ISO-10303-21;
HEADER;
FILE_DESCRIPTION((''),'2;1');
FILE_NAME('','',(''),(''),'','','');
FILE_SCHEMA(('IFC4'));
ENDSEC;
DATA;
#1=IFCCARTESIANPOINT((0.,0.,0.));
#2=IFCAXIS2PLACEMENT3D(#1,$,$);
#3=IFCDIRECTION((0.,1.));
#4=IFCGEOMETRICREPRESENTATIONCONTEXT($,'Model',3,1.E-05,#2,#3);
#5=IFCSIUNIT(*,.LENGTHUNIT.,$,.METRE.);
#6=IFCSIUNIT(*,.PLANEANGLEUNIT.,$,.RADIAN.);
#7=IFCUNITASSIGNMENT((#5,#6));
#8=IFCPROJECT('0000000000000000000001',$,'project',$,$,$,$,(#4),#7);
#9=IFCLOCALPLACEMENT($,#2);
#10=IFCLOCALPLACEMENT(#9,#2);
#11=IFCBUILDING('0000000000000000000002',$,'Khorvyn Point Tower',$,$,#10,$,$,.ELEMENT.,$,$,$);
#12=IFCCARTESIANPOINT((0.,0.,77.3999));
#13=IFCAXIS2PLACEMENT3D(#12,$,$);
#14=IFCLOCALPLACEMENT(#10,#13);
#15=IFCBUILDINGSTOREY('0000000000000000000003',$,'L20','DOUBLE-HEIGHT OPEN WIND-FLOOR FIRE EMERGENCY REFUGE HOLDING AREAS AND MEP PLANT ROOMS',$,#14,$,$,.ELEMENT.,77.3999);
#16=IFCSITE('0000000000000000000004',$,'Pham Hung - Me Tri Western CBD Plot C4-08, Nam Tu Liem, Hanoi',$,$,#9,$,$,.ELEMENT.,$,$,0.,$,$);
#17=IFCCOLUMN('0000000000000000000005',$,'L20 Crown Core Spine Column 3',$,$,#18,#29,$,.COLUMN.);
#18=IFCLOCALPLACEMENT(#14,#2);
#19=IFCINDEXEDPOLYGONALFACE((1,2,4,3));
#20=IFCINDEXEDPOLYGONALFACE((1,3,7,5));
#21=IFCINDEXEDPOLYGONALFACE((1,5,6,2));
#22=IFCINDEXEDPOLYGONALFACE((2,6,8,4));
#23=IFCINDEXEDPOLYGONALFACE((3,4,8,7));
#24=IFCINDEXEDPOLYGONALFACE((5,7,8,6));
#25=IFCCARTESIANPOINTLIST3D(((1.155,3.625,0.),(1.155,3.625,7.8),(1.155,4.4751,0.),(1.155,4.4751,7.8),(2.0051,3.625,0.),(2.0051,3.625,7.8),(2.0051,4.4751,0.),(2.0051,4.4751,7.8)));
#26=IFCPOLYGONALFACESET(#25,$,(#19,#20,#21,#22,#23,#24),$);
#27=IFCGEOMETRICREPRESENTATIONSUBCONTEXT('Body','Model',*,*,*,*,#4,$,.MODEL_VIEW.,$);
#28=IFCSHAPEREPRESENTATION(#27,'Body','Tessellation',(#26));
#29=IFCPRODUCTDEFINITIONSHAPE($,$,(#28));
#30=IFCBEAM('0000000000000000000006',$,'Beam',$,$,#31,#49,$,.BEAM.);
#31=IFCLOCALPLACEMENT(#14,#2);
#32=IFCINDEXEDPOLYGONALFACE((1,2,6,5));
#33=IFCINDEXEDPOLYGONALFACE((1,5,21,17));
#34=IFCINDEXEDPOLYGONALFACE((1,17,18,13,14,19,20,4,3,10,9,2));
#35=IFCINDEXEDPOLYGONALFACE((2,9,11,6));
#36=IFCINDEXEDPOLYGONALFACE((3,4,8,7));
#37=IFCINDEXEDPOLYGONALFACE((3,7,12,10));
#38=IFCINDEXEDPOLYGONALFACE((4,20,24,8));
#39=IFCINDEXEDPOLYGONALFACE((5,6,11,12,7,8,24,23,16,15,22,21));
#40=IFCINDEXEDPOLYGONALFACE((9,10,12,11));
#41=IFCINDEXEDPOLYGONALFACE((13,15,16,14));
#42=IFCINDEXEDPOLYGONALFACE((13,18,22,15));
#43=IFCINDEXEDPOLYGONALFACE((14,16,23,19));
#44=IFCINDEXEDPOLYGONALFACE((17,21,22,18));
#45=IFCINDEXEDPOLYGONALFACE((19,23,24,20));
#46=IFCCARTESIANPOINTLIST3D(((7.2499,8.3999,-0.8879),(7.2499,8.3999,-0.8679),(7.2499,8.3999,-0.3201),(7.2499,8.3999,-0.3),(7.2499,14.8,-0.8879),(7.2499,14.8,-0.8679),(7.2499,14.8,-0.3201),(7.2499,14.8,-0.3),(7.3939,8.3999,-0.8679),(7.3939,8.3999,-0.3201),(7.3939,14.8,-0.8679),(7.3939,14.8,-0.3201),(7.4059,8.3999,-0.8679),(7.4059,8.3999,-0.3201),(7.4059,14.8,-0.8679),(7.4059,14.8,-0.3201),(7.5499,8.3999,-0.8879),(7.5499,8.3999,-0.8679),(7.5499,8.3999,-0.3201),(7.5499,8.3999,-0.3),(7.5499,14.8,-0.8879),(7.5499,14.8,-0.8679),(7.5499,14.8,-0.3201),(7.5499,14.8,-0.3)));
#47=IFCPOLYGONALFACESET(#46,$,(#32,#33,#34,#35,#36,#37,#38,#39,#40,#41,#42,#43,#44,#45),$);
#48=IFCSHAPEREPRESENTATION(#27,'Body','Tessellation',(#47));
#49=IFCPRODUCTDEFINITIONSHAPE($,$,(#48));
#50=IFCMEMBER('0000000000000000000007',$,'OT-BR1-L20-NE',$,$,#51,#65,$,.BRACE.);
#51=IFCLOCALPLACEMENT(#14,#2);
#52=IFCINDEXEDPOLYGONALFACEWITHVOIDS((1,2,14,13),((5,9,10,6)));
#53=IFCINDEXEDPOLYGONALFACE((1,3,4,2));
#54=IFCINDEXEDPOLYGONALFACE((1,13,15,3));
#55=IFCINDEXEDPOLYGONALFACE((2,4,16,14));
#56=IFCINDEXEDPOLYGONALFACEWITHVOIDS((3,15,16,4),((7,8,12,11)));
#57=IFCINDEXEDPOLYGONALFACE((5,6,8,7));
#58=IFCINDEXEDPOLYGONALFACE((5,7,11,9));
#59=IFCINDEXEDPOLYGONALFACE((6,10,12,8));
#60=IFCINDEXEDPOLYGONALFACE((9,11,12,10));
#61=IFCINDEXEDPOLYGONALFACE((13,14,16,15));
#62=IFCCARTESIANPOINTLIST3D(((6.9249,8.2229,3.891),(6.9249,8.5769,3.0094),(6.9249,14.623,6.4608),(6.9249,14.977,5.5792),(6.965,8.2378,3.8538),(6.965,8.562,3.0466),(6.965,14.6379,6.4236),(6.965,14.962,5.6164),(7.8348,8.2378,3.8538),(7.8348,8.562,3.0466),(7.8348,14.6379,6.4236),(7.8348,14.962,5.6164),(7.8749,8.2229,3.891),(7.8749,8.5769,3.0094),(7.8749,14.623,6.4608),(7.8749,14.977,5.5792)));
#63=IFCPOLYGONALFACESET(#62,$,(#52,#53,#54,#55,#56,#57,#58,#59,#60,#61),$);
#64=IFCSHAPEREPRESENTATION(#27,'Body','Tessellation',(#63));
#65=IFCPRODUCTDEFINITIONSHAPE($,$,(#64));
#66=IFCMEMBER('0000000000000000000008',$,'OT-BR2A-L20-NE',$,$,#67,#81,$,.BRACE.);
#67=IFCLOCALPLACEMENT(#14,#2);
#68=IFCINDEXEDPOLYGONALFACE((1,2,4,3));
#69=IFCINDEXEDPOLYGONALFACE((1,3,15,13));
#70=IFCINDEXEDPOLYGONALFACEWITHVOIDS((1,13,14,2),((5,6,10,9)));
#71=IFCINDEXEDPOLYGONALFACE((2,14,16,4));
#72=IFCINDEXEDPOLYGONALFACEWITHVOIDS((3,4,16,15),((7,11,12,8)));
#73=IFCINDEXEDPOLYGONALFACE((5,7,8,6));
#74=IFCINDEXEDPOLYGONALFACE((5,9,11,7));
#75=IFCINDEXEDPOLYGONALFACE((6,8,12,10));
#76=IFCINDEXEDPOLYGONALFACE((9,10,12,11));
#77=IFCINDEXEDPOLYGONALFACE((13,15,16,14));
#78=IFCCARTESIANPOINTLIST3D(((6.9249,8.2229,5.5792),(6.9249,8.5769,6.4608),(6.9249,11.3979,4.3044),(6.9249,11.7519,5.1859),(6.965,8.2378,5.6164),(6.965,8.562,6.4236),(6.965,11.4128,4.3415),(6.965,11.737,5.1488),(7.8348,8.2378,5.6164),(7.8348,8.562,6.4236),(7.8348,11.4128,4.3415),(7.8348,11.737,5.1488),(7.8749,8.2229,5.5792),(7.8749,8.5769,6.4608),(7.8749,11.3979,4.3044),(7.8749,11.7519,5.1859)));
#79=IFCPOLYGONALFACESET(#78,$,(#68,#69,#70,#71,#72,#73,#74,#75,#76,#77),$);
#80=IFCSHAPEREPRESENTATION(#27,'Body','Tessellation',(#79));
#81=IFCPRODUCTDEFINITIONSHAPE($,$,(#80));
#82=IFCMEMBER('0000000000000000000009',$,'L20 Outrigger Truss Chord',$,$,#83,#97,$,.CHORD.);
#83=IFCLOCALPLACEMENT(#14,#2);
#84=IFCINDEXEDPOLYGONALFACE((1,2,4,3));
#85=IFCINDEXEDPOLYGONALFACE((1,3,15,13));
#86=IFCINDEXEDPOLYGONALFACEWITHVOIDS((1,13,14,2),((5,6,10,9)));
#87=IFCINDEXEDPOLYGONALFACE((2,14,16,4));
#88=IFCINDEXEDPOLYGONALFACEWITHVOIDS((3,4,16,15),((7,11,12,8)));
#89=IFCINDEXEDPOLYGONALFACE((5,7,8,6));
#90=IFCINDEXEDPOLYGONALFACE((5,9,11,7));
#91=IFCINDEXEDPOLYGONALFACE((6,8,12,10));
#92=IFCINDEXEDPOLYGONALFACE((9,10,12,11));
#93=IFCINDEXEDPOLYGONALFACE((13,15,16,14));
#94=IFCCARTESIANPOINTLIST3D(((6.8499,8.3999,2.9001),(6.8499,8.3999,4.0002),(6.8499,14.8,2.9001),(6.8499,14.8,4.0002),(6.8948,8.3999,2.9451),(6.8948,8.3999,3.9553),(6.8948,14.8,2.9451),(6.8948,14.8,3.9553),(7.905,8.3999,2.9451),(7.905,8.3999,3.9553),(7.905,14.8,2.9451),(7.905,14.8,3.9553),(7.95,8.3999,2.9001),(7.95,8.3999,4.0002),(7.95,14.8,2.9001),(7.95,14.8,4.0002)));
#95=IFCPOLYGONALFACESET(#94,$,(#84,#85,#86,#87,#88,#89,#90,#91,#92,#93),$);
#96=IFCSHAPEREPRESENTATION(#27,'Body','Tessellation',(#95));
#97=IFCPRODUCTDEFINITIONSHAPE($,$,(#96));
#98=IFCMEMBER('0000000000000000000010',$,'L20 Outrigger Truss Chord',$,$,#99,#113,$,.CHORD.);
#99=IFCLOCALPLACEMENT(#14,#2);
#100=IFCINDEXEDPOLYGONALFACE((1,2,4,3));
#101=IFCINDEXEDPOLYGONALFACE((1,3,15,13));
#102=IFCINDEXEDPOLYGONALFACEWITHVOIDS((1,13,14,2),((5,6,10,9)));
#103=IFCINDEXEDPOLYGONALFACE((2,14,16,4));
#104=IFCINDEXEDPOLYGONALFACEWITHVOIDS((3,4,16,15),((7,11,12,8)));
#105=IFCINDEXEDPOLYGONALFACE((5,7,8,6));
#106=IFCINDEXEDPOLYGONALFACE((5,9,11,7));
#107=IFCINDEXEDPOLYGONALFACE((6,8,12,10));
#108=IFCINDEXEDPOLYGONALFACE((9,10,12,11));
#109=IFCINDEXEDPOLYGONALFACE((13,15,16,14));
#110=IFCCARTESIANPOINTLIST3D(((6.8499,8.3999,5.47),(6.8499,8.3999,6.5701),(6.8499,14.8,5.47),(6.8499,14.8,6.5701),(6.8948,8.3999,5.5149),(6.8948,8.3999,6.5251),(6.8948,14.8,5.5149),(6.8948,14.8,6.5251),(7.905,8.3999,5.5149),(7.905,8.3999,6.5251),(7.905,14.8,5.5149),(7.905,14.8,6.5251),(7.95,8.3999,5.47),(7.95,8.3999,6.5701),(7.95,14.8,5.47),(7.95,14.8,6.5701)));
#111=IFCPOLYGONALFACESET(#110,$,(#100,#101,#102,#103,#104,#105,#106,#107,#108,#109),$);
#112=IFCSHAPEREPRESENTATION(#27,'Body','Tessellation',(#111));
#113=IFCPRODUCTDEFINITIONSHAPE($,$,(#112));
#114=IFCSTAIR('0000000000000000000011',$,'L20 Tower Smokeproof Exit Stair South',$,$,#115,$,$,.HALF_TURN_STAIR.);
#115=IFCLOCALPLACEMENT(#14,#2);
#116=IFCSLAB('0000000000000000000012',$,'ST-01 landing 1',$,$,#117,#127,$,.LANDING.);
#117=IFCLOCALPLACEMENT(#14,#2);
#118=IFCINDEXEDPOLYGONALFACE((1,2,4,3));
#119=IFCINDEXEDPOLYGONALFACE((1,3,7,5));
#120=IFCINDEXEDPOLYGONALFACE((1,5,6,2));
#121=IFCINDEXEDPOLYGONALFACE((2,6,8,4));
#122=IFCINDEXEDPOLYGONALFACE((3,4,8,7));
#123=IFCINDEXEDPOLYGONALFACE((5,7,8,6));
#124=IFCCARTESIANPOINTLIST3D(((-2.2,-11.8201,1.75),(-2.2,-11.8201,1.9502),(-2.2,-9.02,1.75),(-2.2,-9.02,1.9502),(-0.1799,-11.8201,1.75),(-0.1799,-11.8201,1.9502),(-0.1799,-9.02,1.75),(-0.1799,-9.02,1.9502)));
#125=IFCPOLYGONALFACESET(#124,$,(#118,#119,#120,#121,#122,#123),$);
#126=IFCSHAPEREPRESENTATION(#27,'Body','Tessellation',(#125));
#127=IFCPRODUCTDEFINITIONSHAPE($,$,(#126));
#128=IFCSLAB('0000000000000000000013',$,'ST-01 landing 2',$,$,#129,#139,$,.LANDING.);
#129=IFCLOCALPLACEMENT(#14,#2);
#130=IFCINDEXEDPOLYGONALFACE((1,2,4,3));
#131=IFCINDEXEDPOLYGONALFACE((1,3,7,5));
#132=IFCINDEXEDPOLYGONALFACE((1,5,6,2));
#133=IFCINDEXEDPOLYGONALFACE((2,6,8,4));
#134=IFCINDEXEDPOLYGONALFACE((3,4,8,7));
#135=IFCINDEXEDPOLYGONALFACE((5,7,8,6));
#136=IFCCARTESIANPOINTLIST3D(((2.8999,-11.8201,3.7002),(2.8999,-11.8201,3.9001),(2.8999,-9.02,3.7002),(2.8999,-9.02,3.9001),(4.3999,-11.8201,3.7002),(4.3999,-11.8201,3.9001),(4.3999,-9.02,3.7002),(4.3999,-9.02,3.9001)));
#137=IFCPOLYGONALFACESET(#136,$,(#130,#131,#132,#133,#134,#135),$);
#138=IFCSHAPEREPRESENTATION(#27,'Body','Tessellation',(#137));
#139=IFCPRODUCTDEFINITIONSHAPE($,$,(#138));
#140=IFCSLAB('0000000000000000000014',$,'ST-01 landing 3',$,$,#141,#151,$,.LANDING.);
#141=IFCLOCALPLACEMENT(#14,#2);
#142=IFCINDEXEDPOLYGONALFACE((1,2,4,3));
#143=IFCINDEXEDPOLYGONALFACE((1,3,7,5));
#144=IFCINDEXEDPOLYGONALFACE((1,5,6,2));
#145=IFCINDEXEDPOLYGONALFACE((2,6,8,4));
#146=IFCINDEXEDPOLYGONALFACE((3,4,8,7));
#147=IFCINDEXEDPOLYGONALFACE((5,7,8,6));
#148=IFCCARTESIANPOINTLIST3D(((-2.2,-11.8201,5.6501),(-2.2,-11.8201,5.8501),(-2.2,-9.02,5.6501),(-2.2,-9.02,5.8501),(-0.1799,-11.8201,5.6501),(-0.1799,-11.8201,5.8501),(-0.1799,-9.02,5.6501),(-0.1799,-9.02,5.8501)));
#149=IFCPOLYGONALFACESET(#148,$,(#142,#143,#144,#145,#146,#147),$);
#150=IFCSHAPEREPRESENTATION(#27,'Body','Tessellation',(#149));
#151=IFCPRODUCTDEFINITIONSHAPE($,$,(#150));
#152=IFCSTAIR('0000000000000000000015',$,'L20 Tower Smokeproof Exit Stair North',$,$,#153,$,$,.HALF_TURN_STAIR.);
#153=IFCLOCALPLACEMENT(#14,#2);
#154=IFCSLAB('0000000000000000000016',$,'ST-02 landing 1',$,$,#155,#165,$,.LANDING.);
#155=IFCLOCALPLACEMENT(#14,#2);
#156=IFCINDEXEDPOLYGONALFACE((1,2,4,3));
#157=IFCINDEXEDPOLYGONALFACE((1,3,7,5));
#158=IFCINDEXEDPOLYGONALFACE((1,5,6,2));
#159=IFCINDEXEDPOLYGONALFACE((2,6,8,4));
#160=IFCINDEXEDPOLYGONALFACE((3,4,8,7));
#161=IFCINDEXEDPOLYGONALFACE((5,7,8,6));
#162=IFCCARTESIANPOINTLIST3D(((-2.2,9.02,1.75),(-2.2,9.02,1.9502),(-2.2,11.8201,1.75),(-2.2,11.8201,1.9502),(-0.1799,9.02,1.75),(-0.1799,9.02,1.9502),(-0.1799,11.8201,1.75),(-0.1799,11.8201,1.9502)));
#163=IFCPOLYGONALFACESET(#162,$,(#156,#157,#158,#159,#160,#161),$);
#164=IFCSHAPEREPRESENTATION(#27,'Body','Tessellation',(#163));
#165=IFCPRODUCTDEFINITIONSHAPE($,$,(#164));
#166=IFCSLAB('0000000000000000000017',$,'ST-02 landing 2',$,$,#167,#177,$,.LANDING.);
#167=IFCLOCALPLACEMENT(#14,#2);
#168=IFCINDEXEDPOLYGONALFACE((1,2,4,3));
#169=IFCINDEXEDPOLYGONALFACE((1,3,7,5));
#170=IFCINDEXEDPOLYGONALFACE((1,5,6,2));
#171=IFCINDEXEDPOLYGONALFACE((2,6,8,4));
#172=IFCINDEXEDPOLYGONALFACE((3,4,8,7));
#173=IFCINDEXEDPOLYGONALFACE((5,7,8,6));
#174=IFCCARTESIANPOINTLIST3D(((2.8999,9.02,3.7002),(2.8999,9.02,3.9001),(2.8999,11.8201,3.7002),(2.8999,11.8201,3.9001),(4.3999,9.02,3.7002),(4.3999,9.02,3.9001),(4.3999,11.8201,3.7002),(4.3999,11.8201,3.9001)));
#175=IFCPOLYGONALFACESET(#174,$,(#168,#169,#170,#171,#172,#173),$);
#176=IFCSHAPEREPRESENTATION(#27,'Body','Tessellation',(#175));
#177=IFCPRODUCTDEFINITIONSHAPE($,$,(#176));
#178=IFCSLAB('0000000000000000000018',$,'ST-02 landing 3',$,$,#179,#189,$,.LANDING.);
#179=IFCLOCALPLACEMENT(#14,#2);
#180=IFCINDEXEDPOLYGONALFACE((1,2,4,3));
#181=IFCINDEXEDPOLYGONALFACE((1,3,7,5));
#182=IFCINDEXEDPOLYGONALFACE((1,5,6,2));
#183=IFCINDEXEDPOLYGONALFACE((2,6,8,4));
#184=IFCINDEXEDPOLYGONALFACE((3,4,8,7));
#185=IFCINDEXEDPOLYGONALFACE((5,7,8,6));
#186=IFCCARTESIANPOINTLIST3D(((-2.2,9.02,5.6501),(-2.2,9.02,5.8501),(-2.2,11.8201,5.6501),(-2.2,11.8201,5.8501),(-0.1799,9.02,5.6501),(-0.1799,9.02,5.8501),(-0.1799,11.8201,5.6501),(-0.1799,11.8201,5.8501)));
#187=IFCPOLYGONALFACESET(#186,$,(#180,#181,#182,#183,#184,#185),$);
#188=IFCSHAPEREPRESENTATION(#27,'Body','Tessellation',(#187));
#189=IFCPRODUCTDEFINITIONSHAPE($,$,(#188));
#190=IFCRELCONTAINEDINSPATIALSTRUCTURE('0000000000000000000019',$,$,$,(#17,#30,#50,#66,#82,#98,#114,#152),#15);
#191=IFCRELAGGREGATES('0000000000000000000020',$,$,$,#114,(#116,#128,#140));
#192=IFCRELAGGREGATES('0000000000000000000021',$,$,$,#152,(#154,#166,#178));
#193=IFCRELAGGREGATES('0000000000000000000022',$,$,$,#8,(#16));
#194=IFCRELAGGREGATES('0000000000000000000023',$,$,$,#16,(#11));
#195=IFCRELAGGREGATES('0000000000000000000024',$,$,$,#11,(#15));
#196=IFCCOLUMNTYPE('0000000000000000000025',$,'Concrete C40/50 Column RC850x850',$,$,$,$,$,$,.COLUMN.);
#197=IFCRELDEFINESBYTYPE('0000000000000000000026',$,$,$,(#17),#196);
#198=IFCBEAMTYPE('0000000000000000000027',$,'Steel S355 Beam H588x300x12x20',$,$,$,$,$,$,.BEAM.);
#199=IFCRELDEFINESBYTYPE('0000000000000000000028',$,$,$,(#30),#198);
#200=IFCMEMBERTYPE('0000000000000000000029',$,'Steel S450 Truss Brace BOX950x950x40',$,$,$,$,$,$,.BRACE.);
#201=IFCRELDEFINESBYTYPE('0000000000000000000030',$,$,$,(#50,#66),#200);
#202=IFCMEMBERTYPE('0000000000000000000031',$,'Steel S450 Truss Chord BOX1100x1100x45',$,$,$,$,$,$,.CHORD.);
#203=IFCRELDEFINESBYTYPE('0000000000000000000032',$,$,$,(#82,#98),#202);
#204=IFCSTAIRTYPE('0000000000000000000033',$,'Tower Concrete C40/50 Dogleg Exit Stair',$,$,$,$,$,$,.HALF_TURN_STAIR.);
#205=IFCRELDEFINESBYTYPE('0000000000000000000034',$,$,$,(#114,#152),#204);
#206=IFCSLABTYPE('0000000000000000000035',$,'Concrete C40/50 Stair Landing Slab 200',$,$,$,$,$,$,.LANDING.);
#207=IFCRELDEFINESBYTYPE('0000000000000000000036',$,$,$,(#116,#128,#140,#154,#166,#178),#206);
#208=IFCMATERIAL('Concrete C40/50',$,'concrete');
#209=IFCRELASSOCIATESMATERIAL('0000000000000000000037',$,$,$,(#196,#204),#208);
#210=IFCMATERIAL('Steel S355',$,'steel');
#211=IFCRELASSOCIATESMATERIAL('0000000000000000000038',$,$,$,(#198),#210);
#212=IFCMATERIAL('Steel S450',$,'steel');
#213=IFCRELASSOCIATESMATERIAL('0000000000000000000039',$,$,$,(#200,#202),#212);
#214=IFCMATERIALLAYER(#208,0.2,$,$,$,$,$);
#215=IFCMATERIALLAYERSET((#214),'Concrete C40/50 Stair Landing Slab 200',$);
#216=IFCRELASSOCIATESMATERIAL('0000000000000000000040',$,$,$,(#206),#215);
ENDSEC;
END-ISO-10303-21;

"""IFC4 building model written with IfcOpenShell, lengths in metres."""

from ifc_helpers import new_model, si_unit, direction, frame, origin, origin_2d, place, context, subcontext, project, spatial, polyline, rectangle, hollow_rectangle, i_section, outline, extrude, material, layer, layer_set, material_profile, profile_set, type_object, element, aggregate, save


model = new_model("IFC4")

# Units and contexts
model_context = context("Model", 3, precision=1e-05, world=origin(), true_north=direction((0.0, 1.0)))
body_context = subcontext(model_context, "Body", "Model", "MODEL_VIEW")
ifc_project = project(units=[si_unit("LENGTHUNIT", "METRE"), si_unit("PLANEANGLEUNIT", "RADIAN")], contexts=[model_context])

# Site, building, storey
site_placement = place(None, origin())
site = spatial("IfcSite", under=ifc_project, at=site_placement, Name="Pham Hung - Me Tri Western CBD Plot C4-08, Nam Tu Liem, Hanoi", CompositionType="ELEMENT", RefElevation=0.0)
building_placement = place(site_placement, origin())
building = spatial("IfcBuilding", under=site, at=building_placement, Name="Khorvyn Point Tower", CompositionType="ELEMENT")
storey_placement = place(building_placement, frame((0.0, 0.0, 77.3999)))
storey = spatial("IfcBuildingStorey", under=building, at=storey_placement, Name="L20", Description="DOUBLE-HEIGHT OPEN WIND-FLOOR FIRE EMERGENCY REFUGE HOLDING AREAS AND MEP PLANT ROOMS", CompositionType="ELEMENT", Elevation=77.3999)

# Column
ifc_material_1 = material(Name="Concrete C40/50", Category="concrete")
ifc_material_profile_1 = material_profile(ifc_material_1, rectangle(XDim=0.8501, YDim=0.8501, at=origin_2d()))
ifc_profile_set_1 = profile_set([ifc_material_profile_1], Name="Concrete C40/50 RC850x850")
column_type = type_object("IfcColumnType", Name="Concrete C40/50 Column RC850x850", PredefinedType="COLUMN", material=ifc_profile_set_1)
column_placement = place(storey_placement, frame((1.5801, 4.05, 0.0), z_axis=(0.0, 0.0, 1.0), x_axis=(1.0, 0.0, 0.0)))
element("IfcColumn", 1, at=column_placement, inside=storey, type_object=column_type, Name="L20 Crown Core Spine Column 3", PredefinedType="COLUMN", context=body_context, shape_type="SweptSolid", body=[
    extrude(rectangle(XDim=0.8501, YDim=0.8501, at=origin_2d()), origin(), (0.0, 0.0, 1.0), 7.8),
])

# Beam
ifc_material_2 = material(Name="Steel S355", Category="steel")
ifc_material_profile_2 = material_profile(ifc_material_2, i_section(OverallWidth=0.3, OverallDepth=0.5879, WebThickness=0.012, FlangeThickness=0.02, at=origin_2d()))
ifc_profile_set_2 = profile_set([ifc_material_profile_2], Name="Steel S355 H588x300x12x20")
beam_type = type_object("IfcBeamType", Name="Steel S355 Beam H588x300x12x20", PredefinedType="BEAM", material=ifc_profile_set_2)
beam_placement = place(storey_placement, frame((7.3999, 8.3999, -0.594), z_axis=(0.0, 1.0, 0.0), x_axis=(-1.0, 0.0, 0.0)))
element("IfcBeam", 2, at=beam_placement, inside=storey, type_object=beam_type, Name="Beam", PredefinedType="BEAM", context=body_context, shape_type="SweptSolid", body=[
    extrude(i_section(OverallWidth=0.3, OverallDepth=0.5879, WebThickness=0.012, FlangeThickness=0.02, at=origin_2d()), origin(), (0.0, 0.0, 1.0), 6.4001),
])

# Members
ifc_material_3 = material(Name="Steel S450", Category="steel")
ifc_material_profile_3 = material_profile(ifc_material_3, hollow_rectangle(XDim=0.95, YDim=0.95, WallThickness=0.04, at=origin_2d()))
ifc_profile_set_3 = profile_set([ifc_material_profile_3], Name="Steel S450 BOX950x950x40")
member_type_1 = type_object("IfcMemberType", Name="Steel S450 Truss Brace BOX950x950x40", PredefinedType="BRACE", material=ifc_profile_set_3)
member_1_placement = place(storey_placement, frame((7.3999, 8.3999, 3.4502), z_axis=(0.0, 0.927988, 0.372611), x_axis=(-1.0, 0.0, 0.0)))
element("IfcMember", 3, at=member_1_placement, inside=storey, type_object=member_type_1, Name="OT-BR1-L20-NE", PredefinedType="BRACE", context=body_context, shape_type="SweptSolid", body=[
    extrude(hollow_rectangle(XDim=0.95, YDim=0.95, WallThickness=0.04, at=origin_2d()), origin(), (0.0, 0.0, 1.0), 6.8967),
])
member_2_placement = place(storey_placement, frame((7.3999, 8.3999, 6.02), z_axis=(0.0, 0.927984, -0.372621), x_axis=(-1.0, 0.0, 0.0)))
element("IfcMember", 4, at=member_2_placement, inside=storey, type_object=member_type_1, Name="OT-BR2A-L20-NE", PredefinedType="BRACE", context=body_context, shape_type="SweptSolid", body=[
    extrude(hollow_rectangle(XDim=0.95, YDim=0.95, WallThickness=0.04, at=origin_2d()), origin(), (0.0, 0.0, 1.0), 3.4214),
])
ifc_material_profile_4 = material_profile(ifc_material_3, hollow_rectangle(XDim=1.1001, YDim=1.1001, WallThickness=0.0449, at=origin_2d()))
ifc_profile_set_4 = profile_set([ifc_material_profile_4], Name="Steel S450 BOX1100x1100x45")
member_type_2 = type_object("IfcMemberType", Name="Steel S450 Truss Chord BOX1100x1100x45", PredefinedType="CHORD", material=ifc_profile_set_4)
for number, where, z_axis, x_axis, name in (
    (5, (7.3999, 8.3999, 3.4502), (0.0, 1.0, 0.0), (-1.0, 0.0, 0.0), "L20 Outrigger Truss Chord"),
    (6, (7.3999, 8.3999, 6.02), (0.0, 1.0, 0.0), (-1.0, 0.0, 0.0), "L20 Outrigger Truss Chord"),
):
    element("IfcMember", number, at=place(storey_placement, frame(where, z_axis=z_axis, x_axis=x_axis)), inside=storey, type_object=member_type_2, Name=name, PredefinedType="CHORD", context=body_context, shape_type="SweptSolid", body=[
        extrude(hollow_rectangle(XDim=1.1001, YDim=1.1001, WallThickness=0.0449, at=origin_2d()), origin(), (0.0, 0.0, 1.0), 6.4001),
    ])

# Stairs, slabs
stair_type = type_object("IfcStairType", Name="Tower Concrete C40/50 Dogleg Exit Stair", PredefinedType="HALF_TURN_STAIR", material=ifc_material_1)
stair_1_placement = place(storey_placement, origin())
stair_1 = element("IfcStair", 7, at=stair_1_placement, inside=storey, type_object=stair_type, Name="L20 Tower Smokeproof Exit Stair South", PredefinedType="HALF_TURN_STAIR")
ifc_layer_1 = layer(ifc_material_1, 0.2)
ifc_layer_set_1 = layer_set([ifc_layer_1], Name="Concrete C40/50 Stair Landing Slab 200")
slab_type_1 = type_object("IfcSlabType", Name="Concrete C40/50 Stair Landing Slab 200", PredefinedType="LANDING", material=ifc_layer_set_1)
slab_1_placement = place(storey_placement, frame((0.0, 0.0, 1.75)))
slab_1 = element("IfcSlab", 8, at=slab_1_placement, type_object=slab_type_1, Name="ST-01 landing 1", PredefinedType="LANDING", context=body_context, shape_type="SweptSolid", body=[
    extrude(outline(polyline([(-0.1799, -9.02), (-2.2, -9.02), (-2.2, -11.8201), (-0.1799, -11.8201), (-0.1799, -9.02)])), origin(), (0.0, 0.0, 1.0), 0.2002),
])
slab_2_placement = place(storey_placement, frame((0.0, 0.0, 3.7002)))
slab_2 = element("IfcSlab", 9, at=slab_2_placement, type_object=slab_type_1, Name="ST-01 landing 2", PredefinedType="LANDING", context=body_context, shape_type="SweptSolid", body=[
    extrude(outline(polyline([(4.3999, -9.02), (2.8999, -9.02), (2.8999, -11.8201), (4.3999, -11.8201), (4.3999, -9.02)])), origin(), (0.0, 0.0, 1.0), 0.2),
])
slab_3_placement = place(storey_placement, frame((0.0, 0.0, 5.6501)))
slab_3 = element("IfcSlab", 10, at=slab_3_placement, type_object=slab_type_1, Name="ST-01 landing 3", PredefinedType="LANDING", context=body_context, shape_type="SweptSolid", body=[
    extrude(outline(polyline([(-0.1799, -9.02), (-2.2, -9.02), (-2.2, -11.8201), (-0.1799, -11.8201), (-0.1799, -9.02)])), origin(), (0.0, 0.0, 1.0), 0.2),
])
aggregate(stair_1, [slab_1, slab_2, slab_3])
stair_2_placement = place(storey_placement, origin())
stair_2 = element("IfcStair", 11, at=stair_2_placement, inside=storey, type_object=stair_type, Name="L20 Tower Smokeproof Exit Stair North", PredefinedType="HALF_TURN_STAIR")
slab_4_placement = place(storey_placement, frame((0.0, 0.0, 1.75)))
slab_4 = element("IfcSlab", 12, at=slab_4_placement, type_object=slab_type_1, Name="ST-02 landing 1", PredefinedType="LANDING", context=body_context, shape_type="SweptSolid", body=[
    extrude(outline(polyline([(-0.1799, 11.8201), (-2.2, 11.8201), (-2.2, 9.02), (-0.1799, 9.02), (-0.1799, 11.8201)])), origin(), (0.0, 0.0, 1.0), 0.2002),
])
slab_5_placement = place(storey_placement, frame((0.0, 0.0, 3.7002)))
slab_5 = element("IfcSlab", 13, at=slab_5_placement, type_object=slab_type_1, Name="ST-02 landing 2", PredefinedType="LANDING", context=body_context, shape_type="SweptSolid", body=[
    extrude(outline(polyline([(4.3999, 11.8201), (2.8999, 11.8201), (2.8999, 9.02), (4.3999, 9.02), (4.3999, 11.8201)])), origin(), (0.0, 0.0, 1.0), 0.2),
])
slab_6_placement = place(storey_placement, frame((0.0, 0.0, 5.6501)))
slab_6 = element("IfcSlab", 14, at=slab_6_placement, type_object=slab_type_1, Name="ST-02 landing 3", PredefinedType="LANDING", context=body_context, shape_type="SweptSolid", body=[
    extrude(outline(polyline([(-0.1799, 11.8201), (-2.2, 11.8201), (-2.2, 9.02), (-0.1799, 9.02), (-0.1799, 11.8201)])), origin(), (0.0, 0.0, 1.0), 0.2),
])

aggregate(stair_2, [slab_4, slab_5, slab_6])

save(model, "model.ifc")
